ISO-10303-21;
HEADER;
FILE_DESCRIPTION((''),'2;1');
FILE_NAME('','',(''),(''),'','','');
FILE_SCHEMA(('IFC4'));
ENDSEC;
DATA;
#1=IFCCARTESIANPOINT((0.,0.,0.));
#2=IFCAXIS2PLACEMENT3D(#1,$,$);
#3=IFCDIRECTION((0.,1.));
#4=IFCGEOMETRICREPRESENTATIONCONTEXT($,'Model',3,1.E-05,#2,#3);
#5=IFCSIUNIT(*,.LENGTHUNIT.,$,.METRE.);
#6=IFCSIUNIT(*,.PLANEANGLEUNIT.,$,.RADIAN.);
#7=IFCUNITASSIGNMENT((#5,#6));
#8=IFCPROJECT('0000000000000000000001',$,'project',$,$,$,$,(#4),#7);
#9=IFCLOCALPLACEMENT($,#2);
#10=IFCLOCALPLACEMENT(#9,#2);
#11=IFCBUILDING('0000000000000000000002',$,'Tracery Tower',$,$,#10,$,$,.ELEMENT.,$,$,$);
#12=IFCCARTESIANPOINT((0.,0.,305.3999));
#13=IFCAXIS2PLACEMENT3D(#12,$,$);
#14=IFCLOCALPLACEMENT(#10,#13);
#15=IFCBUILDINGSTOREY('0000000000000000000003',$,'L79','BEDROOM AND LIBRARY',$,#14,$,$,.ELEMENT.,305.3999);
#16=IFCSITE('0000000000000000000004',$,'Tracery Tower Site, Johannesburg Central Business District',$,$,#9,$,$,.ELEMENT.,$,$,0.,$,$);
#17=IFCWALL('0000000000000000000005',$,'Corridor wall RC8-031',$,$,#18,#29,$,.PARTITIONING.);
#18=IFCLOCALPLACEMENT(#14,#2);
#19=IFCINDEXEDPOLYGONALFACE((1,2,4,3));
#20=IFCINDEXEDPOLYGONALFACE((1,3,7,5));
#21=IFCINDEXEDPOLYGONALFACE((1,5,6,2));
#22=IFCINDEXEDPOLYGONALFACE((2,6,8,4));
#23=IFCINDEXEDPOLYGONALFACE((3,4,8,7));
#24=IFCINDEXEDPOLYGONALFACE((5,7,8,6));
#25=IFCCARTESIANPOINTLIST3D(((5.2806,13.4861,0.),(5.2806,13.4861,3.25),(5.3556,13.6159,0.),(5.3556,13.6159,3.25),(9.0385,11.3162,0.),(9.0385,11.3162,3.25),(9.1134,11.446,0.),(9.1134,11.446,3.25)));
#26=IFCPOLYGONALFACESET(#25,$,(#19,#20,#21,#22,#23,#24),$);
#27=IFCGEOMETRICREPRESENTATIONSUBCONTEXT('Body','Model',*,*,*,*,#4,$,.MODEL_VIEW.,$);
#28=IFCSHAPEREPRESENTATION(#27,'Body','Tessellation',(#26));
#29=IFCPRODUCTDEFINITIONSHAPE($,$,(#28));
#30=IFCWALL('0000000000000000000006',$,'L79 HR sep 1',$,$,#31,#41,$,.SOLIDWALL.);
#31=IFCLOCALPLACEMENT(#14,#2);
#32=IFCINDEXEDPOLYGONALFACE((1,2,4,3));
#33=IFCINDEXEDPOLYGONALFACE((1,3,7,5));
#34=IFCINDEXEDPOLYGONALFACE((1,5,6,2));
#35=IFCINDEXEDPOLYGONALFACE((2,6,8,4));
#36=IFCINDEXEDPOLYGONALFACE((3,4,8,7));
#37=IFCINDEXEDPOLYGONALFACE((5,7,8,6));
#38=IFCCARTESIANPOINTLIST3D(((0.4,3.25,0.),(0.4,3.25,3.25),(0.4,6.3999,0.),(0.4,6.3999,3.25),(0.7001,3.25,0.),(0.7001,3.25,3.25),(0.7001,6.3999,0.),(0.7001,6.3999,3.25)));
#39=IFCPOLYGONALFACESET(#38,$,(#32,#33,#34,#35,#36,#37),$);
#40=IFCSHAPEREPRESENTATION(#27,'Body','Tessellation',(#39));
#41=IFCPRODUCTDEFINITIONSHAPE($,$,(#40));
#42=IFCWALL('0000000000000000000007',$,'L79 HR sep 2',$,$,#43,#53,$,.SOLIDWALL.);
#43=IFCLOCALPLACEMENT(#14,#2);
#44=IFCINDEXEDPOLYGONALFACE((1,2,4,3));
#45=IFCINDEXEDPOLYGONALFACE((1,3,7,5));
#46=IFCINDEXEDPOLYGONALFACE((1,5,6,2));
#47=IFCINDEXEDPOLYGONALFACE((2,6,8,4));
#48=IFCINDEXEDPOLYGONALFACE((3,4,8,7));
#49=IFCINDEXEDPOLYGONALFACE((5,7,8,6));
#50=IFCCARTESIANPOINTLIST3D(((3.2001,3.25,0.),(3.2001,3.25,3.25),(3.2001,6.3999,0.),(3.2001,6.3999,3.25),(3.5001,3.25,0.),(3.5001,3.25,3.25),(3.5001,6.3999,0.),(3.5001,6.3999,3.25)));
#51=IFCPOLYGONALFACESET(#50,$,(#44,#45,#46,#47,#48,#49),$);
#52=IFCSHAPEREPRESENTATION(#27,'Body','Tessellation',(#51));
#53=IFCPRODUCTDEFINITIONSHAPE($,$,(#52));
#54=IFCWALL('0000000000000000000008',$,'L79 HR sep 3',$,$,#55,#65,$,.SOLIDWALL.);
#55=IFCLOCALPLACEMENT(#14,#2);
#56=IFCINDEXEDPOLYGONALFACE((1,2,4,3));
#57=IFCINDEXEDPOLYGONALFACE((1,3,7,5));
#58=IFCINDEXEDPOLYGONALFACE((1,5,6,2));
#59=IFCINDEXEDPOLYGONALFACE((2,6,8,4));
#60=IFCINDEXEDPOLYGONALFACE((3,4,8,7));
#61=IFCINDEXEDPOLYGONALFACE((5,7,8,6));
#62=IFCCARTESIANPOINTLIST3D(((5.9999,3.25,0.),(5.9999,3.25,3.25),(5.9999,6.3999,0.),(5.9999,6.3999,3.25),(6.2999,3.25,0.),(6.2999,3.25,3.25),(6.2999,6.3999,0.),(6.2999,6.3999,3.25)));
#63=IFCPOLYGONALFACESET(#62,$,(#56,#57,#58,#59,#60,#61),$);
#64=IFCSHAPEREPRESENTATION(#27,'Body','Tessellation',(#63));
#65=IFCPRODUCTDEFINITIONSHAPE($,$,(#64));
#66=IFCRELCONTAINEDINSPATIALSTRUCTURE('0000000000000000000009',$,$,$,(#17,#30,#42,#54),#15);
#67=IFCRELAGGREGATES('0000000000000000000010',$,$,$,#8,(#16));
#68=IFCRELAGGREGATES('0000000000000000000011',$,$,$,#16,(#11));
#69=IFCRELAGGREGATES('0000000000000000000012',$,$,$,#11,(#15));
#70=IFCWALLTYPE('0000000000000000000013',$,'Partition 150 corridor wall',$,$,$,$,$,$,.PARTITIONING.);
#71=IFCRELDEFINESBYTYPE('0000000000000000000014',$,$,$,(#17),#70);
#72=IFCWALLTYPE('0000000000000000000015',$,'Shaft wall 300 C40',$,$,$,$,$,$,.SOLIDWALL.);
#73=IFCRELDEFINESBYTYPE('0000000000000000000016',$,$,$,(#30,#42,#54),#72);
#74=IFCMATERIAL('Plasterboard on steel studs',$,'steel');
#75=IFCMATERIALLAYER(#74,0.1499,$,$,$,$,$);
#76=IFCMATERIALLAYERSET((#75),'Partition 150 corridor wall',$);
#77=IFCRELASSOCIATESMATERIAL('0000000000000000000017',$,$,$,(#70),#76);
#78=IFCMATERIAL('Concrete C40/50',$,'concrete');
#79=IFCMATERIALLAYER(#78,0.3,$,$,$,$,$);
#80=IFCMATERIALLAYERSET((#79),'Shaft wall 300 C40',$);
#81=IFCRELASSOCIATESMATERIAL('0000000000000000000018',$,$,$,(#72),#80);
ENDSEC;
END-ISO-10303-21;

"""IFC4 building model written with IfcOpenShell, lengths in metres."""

from ifc_helpers import new_model, si_unit, direction, frame, frame_2d, origin, place, context, subcontext, project, spatial, rectangle, extrude, material, layer, layer_set, type_object, element, save


model = new_model("IFC4")

# Units and contexts
model_context = context("Model", 3, precision=1e-05, world=origin(), true_north=direction((0.0, 1.0)))
body_context = subcontext(model_context, "Body", "Model", "MODEL_VIEW")
ifc_project = project(units=[si_unit("LENGTHUNIT", "METRE"), si_unit("PLANEANGLEUNIT", "RADIAN")], contexts=[model_context])

# Site, building, storey
site_placement = place(None, origin())
site = spatial("IfcSite", under=ifc_project, at=site_placement, Name="Tracery Tower Site, Johannesburg Central Business District", CompositionType="ELEMENT", RefElevation=0.0)
building_placement = place(site_placement, origin())
building = spatial("IfcBuilding", under=site, at=building_placement, Name="Tracery Tower", CompositionType="ELEMENT")
storey_placement = place(building_placement, frame((0.0, 0.0, 305.3999)))
storey = spatial("IfcBuildingStorey", under=building, at=storey_placement, Name="L79", Description="BEDROOM AND LIBRARY", CompositionType="ELEMENT", Elevation=305.3999)

# Shared definitions
ifc_material_1 = material(Name="Plasterboard on steel studs", Category="steel")
ifc_layer_1 = layer(ifc_material_1, 0.1499)
ifc_layer_set_1 = layer_set([ifc_layer_1], Name="Partition 150 corridor wall")
wall_type_1 = type_object("IfcWallType", Name="Partition 150 corridor wall", PredefinedType="PARTITIONING", material=ifc_layer_set_1)

# Walls
wall_1_placement = place(storey_placement, frame((5.3181, 13.551, 0.0), z_axis=(0.0, 0.0, 1.0), x_axis=(0.865991, -0.50006, 0.0)))
element("IfcWall", 1, at=wall_1_placement, inside=storey, type_object=wall_type_1, Name="Corridor wall RC8-031", PredefinedType="PARTITIONING", context=body_context, shape_type="SweptSolid", body=[
    extrude(rectangle(XDim=4.3394, YDim=0.1499, at=frame_2d((2.1697, 0.0))), origin(), (0.0, 0.0, 1.0), 3.25),
])
ifc_material_2 = material(Name="Concrete C40/50", Category="concrete")
ifc_layer_2 = layer(ifc_material_2, 0.3)
ifc_layer_set_2 = layer_set([ifc_layer_2], Name="Shaft wall 300 C40")
wall_type_2 = type_object("IfcWallType", Name="Shaft wall 300 C40", PredefinedType="SOLIDWALL", material=ifc_layer_set_2)
for number, where, z_axis, x_axis, name in (
    (2, (0.55, 3.25, 0.0), (0.0, 0.0, 1.0), (0.0, 1.0, 0.0), "L79 HR sep 1"),
    (3, (3.3501, 3.25, 0.0), (0.0, 0.0, 1.0), (0.0, 1.0, 0.0), "L79 HR sep 2"),
    (4, (6.1499, 3.25, 0.0), (0.0, 0.0, 1.0), (0.0, 1.0, 0.0), "L79 HR sep 3"),
):
    element("IfcWall", number, at=place(storey_placement, frame(where, z_axis=z_axis, x_axis=x_axis)), inside=storey, type_object=wall_type_2, Name=name, PredefinedType="SOLIDWALL", context=body_context, shape_type="SweptSolid", body=[
        extrude(rectangle(XDim=3.1499, YDim=0.3, at=frame_2d((1.575, 0.0))), origin(), (0.0, 0.0, 1.0), 3.25),
    ])

save(model, "model.ifc")
